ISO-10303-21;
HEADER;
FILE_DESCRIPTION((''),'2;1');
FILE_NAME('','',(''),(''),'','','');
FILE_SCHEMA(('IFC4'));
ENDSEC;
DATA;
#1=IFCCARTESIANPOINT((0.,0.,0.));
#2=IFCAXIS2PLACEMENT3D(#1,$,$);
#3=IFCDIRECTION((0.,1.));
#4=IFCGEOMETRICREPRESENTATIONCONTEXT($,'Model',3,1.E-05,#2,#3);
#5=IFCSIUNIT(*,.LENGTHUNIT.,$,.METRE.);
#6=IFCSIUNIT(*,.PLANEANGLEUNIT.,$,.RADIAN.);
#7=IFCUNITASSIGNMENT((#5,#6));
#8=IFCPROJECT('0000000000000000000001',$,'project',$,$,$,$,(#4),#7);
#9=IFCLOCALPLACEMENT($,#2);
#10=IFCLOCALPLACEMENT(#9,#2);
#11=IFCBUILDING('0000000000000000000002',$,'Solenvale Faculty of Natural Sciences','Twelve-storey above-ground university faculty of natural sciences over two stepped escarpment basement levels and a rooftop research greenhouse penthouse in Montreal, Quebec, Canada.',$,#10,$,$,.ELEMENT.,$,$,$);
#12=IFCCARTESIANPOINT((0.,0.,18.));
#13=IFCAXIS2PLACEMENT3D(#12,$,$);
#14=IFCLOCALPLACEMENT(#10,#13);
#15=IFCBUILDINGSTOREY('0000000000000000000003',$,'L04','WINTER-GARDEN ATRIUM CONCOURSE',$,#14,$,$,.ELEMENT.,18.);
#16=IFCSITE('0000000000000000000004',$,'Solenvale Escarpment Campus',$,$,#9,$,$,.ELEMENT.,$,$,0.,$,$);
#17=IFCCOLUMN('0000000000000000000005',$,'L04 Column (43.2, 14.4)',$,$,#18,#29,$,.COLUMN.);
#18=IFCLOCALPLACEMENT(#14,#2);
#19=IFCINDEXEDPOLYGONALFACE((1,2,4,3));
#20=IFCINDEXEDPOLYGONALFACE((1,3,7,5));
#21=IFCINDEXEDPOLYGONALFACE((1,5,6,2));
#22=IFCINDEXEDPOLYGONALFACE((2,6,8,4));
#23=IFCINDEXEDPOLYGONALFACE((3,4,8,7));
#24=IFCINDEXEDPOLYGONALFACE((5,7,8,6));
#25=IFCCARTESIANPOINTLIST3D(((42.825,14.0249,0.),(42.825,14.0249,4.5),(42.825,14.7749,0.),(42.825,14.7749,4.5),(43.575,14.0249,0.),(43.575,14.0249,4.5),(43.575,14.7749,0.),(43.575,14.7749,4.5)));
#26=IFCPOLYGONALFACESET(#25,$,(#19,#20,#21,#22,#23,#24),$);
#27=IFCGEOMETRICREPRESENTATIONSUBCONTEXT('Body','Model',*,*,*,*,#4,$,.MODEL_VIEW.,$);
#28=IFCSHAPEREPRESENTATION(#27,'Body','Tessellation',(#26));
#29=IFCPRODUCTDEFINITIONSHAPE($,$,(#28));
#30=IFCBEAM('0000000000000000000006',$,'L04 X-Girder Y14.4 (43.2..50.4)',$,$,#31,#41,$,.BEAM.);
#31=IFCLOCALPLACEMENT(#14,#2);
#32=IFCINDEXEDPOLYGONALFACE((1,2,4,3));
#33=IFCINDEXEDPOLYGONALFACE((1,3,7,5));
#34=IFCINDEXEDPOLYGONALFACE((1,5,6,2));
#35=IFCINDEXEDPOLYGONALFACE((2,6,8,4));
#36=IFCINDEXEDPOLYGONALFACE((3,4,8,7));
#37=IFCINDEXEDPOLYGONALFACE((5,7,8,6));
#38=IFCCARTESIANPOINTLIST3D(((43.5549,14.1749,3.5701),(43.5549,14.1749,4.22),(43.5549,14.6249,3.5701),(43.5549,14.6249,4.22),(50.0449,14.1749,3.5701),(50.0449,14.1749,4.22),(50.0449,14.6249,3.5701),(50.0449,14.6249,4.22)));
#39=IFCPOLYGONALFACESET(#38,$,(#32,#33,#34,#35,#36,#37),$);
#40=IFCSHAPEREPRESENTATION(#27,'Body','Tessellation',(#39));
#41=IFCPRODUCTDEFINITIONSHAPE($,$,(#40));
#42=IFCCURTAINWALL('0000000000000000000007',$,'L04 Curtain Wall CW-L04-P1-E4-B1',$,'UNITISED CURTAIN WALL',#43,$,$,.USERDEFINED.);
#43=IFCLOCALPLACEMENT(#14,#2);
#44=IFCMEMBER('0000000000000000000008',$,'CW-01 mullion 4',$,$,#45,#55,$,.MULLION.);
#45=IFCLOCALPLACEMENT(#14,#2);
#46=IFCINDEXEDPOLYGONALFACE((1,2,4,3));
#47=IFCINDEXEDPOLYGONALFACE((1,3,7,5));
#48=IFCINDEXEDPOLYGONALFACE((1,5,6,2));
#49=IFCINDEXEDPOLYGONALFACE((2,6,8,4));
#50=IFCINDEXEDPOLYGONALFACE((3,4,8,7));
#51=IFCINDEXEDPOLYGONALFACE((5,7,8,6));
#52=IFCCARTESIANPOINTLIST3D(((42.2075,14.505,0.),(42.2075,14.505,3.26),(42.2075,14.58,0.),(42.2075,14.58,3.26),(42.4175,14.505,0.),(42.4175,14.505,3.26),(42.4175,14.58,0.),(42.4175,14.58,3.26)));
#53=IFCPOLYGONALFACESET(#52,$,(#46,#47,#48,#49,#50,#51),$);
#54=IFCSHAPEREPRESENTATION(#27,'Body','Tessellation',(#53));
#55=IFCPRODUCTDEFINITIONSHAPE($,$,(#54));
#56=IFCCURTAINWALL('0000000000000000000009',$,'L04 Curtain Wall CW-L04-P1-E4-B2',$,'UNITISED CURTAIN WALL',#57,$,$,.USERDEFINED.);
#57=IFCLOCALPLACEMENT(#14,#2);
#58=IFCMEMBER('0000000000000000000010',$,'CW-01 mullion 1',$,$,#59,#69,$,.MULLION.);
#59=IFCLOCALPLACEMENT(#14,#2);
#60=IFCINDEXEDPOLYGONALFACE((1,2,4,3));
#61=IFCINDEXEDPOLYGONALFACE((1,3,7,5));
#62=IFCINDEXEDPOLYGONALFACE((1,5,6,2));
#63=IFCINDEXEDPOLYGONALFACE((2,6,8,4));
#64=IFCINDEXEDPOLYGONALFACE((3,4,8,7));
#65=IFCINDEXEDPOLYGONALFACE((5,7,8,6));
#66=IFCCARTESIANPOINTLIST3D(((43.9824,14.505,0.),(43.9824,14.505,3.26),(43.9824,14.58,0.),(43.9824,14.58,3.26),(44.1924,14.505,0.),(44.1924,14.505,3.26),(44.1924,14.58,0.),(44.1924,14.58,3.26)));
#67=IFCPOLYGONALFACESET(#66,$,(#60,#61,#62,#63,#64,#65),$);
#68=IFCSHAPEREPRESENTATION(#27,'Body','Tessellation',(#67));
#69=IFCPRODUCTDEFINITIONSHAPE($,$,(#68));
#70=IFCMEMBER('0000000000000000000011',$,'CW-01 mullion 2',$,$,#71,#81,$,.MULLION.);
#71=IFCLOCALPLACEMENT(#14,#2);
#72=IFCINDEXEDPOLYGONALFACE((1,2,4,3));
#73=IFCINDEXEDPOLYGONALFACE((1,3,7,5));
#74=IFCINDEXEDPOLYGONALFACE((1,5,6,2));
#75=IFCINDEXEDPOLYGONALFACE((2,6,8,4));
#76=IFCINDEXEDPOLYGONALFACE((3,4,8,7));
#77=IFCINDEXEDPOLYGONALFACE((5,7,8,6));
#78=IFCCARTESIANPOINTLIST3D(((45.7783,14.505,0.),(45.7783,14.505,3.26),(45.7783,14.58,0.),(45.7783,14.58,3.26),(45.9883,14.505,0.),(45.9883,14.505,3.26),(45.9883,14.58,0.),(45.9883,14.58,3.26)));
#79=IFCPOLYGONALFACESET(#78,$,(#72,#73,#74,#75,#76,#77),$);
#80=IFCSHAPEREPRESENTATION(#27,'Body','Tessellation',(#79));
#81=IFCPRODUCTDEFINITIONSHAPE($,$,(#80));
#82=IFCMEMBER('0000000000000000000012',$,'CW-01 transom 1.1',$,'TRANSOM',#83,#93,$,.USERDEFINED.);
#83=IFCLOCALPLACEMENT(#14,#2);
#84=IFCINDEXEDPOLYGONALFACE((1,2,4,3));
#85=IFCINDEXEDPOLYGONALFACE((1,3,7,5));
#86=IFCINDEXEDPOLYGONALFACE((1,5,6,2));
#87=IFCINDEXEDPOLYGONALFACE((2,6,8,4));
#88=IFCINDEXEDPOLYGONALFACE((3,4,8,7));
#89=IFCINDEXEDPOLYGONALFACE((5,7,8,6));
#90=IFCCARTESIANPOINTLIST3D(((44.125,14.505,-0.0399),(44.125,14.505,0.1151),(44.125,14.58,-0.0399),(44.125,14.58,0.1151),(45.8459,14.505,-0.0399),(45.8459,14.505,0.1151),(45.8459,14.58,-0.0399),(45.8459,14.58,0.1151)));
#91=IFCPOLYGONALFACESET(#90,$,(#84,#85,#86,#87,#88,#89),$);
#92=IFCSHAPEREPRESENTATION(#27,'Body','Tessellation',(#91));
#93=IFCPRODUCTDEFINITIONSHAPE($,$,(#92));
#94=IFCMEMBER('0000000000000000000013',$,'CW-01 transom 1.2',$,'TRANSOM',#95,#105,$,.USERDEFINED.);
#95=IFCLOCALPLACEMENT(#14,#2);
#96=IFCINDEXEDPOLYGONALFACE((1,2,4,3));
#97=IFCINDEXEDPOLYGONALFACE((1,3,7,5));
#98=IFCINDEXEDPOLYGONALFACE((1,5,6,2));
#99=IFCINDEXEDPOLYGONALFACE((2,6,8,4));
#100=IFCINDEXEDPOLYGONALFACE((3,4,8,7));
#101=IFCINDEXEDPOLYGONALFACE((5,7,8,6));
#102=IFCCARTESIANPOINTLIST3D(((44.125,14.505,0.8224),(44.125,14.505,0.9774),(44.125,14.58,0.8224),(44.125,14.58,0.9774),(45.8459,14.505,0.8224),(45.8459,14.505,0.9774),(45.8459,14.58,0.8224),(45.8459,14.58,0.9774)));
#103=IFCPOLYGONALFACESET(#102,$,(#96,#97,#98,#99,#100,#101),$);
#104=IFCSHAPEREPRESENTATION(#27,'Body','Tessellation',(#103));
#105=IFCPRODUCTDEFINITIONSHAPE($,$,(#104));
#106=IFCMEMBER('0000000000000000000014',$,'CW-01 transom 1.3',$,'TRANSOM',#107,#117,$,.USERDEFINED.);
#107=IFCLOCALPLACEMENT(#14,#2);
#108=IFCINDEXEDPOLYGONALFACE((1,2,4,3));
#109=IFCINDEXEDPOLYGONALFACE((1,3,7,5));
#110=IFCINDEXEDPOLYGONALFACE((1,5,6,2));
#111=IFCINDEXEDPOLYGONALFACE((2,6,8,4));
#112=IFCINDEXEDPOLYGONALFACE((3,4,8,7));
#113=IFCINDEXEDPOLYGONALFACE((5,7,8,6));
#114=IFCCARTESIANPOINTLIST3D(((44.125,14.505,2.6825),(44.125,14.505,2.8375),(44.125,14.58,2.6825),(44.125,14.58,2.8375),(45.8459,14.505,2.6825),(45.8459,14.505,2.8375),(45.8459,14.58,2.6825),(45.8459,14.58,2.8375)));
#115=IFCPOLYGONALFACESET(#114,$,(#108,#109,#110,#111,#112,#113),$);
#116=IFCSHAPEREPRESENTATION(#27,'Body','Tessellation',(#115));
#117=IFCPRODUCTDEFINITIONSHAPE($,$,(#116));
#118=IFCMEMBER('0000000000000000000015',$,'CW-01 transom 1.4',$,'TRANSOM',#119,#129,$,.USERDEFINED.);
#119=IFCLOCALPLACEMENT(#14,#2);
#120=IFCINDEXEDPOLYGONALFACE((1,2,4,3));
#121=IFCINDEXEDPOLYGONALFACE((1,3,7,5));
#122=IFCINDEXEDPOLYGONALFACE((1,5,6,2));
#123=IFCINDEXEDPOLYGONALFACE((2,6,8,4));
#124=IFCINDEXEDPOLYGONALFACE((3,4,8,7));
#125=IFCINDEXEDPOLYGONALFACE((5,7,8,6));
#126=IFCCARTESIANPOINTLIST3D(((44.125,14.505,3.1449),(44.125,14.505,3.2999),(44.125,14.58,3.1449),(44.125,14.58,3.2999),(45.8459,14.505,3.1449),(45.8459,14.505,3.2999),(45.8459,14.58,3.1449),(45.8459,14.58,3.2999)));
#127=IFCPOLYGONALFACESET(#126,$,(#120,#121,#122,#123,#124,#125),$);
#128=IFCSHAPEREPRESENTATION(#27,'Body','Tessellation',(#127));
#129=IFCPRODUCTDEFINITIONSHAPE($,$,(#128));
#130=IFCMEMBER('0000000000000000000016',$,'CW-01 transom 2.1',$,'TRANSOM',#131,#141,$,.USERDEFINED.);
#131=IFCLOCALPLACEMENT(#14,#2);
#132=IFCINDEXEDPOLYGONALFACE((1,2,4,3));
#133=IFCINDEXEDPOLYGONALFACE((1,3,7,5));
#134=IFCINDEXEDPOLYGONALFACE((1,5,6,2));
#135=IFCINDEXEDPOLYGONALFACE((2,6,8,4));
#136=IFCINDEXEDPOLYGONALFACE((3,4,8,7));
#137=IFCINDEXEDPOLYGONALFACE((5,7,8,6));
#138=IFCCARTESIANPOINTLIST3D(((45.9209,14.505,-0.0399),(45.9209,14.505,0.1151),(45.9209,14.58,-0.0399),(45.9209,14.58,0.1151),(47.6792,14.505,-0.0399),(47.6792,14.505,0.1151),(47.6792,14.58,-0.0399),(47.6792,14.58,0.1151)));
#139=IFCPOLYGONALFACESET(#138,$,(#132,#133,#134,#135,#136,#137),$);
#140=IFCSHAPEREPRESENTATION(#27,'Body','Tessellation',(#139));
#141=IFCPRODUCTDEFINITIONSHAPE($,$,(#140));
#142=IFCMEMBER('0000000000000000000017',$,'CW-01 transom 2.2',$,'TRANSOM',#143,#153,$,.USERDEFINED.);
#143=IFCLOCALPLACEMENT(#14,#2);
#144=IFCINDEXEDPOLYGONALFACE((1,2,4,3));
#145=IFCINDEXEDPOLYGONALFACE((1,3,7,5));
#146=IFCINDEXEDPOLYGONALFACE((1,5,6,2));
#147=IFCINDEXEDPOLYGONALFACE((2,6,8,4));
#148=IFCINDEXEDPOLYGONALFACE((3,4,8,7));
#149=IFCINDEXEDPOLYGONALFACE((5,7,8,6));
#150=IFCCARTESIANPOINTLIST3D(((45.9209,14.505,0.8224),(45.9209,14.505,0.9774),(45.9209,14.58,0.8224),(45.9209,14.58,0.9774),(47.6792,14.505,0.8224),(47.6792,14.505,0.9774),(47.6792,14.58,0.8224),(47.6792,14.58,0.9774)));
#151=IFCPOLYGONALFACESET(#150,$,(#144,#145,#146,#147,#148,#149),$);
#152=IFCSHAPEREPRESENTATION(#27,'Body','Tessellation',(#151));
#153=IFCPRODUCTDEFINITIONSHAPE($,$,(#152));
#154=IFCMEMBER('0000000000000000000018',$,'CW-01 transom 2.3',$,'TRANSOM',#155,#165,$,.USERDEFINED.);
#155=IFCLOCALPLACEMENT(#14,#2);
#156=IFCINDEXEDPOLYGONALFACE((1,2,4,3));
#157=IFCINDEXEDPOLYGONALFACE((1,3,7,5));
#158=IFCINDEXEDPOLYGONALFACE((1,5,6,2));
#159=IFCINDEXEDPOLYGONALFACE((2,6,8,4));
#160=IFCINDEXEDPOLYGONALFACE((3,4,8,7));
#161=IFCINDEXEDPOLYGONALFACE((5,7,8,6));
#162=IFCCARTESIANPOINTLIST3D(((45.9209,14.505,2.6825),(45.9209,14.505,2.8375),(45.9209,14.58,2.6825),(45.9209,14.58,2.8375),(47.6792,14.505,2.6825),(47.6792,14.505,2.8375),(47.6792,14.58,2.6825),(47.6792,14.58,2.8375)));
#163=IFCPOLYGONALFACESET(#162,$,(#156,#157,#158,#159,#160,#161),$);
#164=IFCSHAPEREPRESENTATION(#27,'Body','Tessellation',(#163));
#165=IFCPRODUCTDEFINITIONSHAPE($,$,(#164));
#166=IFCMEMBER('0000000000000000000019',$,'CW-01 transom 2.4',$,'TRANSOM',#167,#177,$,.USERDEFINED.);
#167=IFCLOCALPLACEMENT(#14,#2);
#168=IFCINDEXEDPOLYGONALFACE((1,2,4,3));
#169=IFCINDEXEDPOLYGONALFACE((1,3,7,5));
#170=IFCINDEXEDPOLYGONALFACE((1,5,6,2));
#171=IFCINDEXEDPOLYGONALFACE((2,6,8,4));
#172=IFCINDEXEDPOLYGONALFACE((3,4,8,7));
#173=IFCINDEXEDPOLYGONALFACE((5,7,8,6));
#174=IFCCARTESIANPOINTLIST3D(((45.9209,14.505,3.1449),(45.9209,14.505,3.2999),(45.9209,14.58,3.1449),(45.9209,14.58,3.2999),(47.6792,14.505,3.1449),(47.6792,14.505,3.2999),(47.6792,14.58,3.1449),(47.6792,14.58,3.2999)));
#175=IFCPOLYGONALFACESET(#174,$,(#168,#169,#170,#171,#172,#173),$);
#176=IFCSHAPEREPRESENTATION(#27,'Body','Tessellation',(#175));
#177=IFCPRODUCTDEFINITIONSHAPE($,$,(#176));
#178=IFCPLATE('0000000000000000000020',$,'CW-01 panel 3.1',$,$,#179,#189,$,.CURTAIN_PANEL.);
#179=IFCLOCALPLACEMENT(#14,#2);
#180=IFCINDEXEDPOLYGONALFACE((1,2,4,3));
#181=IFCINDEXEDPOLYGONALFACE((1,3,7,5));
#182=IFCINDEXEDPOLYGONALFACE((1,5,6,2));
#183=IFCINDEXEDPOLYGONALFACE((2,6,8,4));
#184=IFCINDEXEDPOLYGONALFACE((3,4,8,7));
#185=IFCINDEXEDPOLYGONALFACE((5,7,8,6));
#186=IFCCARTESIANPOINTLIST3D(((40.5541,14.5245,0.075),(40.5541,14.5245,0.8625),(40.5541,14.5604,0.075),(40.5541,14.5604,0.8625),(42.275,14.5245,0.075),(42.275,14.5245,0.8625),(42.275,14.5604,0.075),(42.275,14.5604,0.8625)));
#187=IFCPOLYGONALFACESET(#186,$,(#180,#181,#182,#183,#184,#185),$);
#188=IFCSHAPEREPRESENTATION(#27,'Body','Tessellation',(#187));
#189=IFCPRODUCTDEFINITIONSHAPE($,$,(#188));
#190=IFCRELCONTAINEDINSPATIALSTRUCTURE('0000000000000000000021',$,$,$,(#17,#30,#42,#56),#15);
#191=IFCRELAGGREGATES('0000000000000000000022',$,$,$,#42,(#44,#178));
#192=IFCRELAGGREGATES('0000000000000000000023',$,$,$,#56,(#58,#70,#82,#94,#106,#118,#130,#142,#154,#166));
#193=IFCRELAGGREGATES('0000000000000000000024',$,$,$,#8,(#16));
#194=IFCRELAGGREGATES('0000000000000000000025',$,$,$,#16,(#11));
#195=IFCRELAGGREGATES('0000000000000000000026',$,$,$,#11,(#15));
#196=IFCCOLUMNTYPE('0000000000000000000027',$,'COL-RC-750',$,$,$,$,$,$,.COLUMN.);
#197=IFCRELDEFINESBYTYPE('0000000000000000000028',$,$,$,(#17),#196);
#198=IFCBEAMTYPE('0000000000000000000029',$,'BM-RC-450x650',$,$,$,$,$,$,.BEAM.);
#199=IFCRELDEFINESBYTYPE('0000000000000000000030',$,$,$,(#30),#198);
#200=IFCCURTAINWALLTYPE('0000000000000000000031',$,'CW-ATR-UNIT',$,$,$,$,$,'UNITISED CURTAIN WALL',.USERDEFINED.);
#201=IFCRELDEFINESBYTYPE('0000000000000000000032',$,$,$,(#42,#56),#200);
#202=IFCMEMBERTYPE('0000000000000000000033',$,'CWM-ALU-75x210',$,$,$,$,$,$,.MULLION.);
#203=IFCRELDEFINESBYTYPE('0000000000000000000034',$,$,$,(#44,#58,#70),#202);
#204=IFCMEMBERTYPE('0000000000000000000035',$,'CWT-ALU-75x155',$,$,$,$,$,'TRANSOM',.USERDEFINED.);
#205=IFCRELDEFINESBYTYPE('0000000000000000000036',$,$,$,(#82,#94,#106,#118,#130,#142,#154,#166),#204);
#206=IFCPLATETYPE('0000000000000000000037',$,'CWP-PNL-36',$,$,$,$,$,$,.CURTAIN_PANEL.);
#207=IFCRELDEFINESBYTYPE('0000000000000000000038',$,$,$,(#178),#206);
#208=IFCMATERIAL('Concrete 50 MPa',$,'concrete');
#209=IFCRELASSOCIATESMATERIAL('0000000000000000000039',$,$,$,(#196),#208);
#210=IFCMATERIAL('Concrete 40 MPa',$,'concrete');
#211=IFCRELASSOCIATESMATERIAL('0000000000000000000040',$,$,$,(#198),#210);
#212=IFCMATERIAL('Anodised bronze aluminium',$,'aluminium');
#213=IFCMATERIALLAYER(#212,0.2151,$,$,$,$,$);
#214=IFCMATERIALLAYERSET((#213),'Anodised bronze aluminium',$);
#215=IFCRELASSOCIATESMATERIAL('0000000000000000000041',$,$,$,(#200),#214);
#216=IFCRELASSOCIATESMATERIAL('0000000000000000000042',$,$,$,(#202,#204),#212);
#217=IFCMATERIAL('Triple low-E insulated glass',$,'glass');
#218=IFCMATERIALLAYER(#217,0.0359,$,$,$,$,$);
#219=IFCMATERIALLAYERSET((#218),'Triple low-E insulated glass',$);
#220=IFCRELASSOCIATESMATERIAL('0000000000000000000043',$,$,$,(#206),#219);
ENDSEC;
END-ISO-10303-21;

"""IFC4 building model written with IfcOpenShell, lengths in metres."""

from ifc_helpers import new_model, si_unit, direction, frame, origin, origin_2d, place, context, subcontext, project, spatial, rectangle, extrude, material, layer, layer_set, material_profile, profile_set, type_object, element, aggregate, save


model = new_model("IFC4")

# Units and contexts
model_context = context("Model", 3, precision=1e-05, world=origin(), true_north=direction((0.0, 1.0)))
body_context = subcontext(model_context, "Body", "Model", "MODEL_VIEW")
ifc_project = project(units=[si_unit("LENGTHUNIT", "METRE"), si_unit("PLANEANGLEUNIT", "RADIAN")], contexts=[model_context])

# Site, building, storey
site_placement = place(None, origin())
site = spatial("IfcSite", under=ifc_project, at=site_placement, Name="Solenvale Escarpment Campus", CompositionType="ELEMENT", RefElevation=0.0)
building_placement = place(site_placement, origin())
building = spatial("IfcBuilding", under=site, at=building_placement, Name="Solenvale Faculty of Natural Sciences", Description="Twelve-storey above-ground university faculty of natural sciences over two stepped escarpment basement levels and a rooftop research greenhouse penthouse in Montreal, Quebec, Canada.", CompositionType="ELEMENT")
storey_placement = place(building_placement, frame((0.0, 0.0, 18.0)))
storey = spatial("IfcBuildingStorey", under=building, at=storey_placement, Name="L04", Description="WINTER-GARDEN ATRIUM CONCOURSE", CompositionType="ELEMENT", Elevation=18.0)

# Column
ifc_material_1 = material(Name="Concrete 50 MPa", Category="concrete")
ifc_material_profile_1 = material_profile(ifc_material_1, rectangle(XDim=0.75, YDim=0.75, at=origin_2d()), Name="RC-COL-750x750")
ifc_profile_set_1 = profile_set([ifc_material_profile_1], Name="Concrete 50 MPa")
column_type = type_object("IfcColumnType", Name="COL-RC-750", PredefinedType="COLUMN", material=ifc_profile_set_1)
column_placement = place(storey_placement, frame((43.2, 14.3999, 0.0), z_axis=(0.0, 0.0, 1.0), x_axis=(1.0, 0.0, 0.0)))
element("IfcColumn", 1, at=column_placement, inside=storey, type_object=column_type, Name="L04 Column (43.2, 14.4)", PredefinedType="COLUMN", context=body_context, shape_type="SweptSolid", body=[
    extrude(rectangle(XDim=0.75, YDim=0.75, at=origin_2d()), origin(), (0.0, 0.0, 1.0), 4.5),
])

# Beam
ifc_material_2 = material(Name="Concrete 40 MPa", Category="concrete")
ifc_material_profile_2 = material_profile(ifc_material_2, rectangle(XDim=0.45, YDim=0.6499, at=origin_2d()), Name="RC-BM-450x650")
ifc_profile_set_2 = profile_set([ifc_material_profile_2], Name="Concrete 40 MPa")
beam_type = type_object("IfcBeamType", Name="BM-RC-450x650", PredefinedType="BEAM", material=ifc_profile_set_2)
beam_placement = place(storey_placement, frame((43.5549, 14.3999, 3.895), z_axis=(1.0, 0.0, 0.0), x_axis=(0.0, 1.0, 0.0)))
element("IfcBeam", 2, at=beam_placement, inside=storey, type_object=beam_type, Name="L04 X-Girder Y14.4 (43.2..50.4)", PredefinedType="BEAM", context=body_context, shape_type="SweptSolid", body=[
    extrude(rectangle(XDim=0.45, YDim=0.6499, at=origin_2d()), origin(), (0.0, 0.0, 1.0), 6.49),
])

# Curtain wall, member
ifc_material_3 = material(Name="Anodised bronze aluminium", Category="aluminium")
ifc_layer_1 = layer(ifc_material_3, 0.2151)
ifc_layer_set_1 = layer_set([ifc_layer_1], Name="Anodised bronze aluminium")
curtain_wall_type = type_object("IfcCurtainWallType", Name="CW-ATR-UNIT", ElementType="UNITISED CURTAIN WALL", PredefinedType="USERDEFINED", material=ifc_layer_set_1)
curtain_wall_1_placement = place(storey_placement, origin())
curtain_wall_1 = element("IfcCurtainWall", 3, at=curtain_wall_1_placement, inside=storey, type_object=curtain_wall_type, Name="L04 Curtain Wall CW-L04-P1-E4-B1", ObjectType="UNITISED CURTAIN WALL", PredefinedType="USERDEFINED")
ifc_material_profile_3 = material_profile(ifc_material_3, rectangle(XDim=0.075, YDim=0.21, at=origin_2d()), Name="ALU-MUL-75x210")
ifc_profile_set_3 = profile_set([ifc_material_profile_3], Name="Anodised bronze aluminium")
member_type_1 = type_object("IfcMemberType", Name="CWM-ALU-75x210", PredefinedType="MULLION", material=ifc_profile_set_3)
member_1_placement = place(storey_placement, frame((42.3125, 14.5425, 0.0), z_axis=(0.0, 0.0, 1.0), x_axis=(0.0, 1.0, 0.0)))
member_1 = element("IfcMember", 4, at=member_1_placement, type_object=member_type_1, Name="CW-01 mullion 4", PredefinedType="MULLION", context=body_context, shape_type="SweptSolid", body=[
    extrude(rectangle(XDim=0.075, YDim=0.21, at=origin_2d()), origin(), (0.0, 0.0, 1.0), 3.26),
])

# Curtain wall, members
curtain_wall_2_placement = place(storey_placement, origin())
curtain_wall_2 = element("IfcCurtainWall", 5, at=curtain_wall_2_placement, inside=storey, type_object=curtain_wall_type, Name="L04 Curtain Wall CW-L04-P1-E4-B2", ObjectType="UNITISED CURTAIN WALL", PredefinedType="USERDEFINED")
member_2_placement = place(storey_placement, frame((44.0874, 14.5425, 0.0), z_axis=(0.0, 0.0, 1.0), x_axis=(0.0, 1.0, 0.0)))
member_2 = element("IfcMember", 6, at=member_2_placement, type_object=member_type_1, Name="CW-01 mullion 1", PredefinedType="MULLION", context=body_context, shape_type="SweptSolid", body=[
    extrude(rectangle(XDim=0.075, YDim=0.21, at=origin_2d()), origin(), (0.0, 0.0, 1.0), 3.26),
])
member_3_placement = place(storey_placement, frame((45.8833, 14.5425, 0.0), z_axis=(0.0, 0.0, 1.0), x_axis=(0.0, 1.0, 0.0)))
member_3 = element("IfcMember", 7, at=member_3_placement, type_object=member_type_1, Name="CW-01 mullion 2", PredefinedType="MULLION", context=body_context, shape_type="SweptSolid", body=[
    extrude(rectangle(XDim=0.075, YDim=0.21, at=origin_2d()), origin(), (0.0, 0.0, 1.0), 3.26),
])
ifc_material_profile_4 = material_profile(ifc_material_3, rectangle(XDim=0.075, YDim=0.155, at=origin_2d()), Name="ALU-TRN-75x155")
ifc_profile_set_4 = profile_set([ifc_material_profile_4], Name="Anodised bronze aluminium")
member_type_2 = type_object("IfcMemberType", Name="CWT-ALU-75x155", ElementType="TRANSOM", PredefinedType="USERDEFINED", material=ifc_profile_set_4)
member_4_placement = place(storey_placement, frame((44.125, 14.5425, 0.0376), z_axis=(1.0, 0.0, 0.0), x_axis=(0.0, 1.0, 0.0)))
member_4 = element("IfcMember", 8, at=member_4_placement, type_object=member_type_2, Name="CW-01 transom 1.1", ObjectType="TRANSOM", PredefinedType="USERDEFINED", context=body_context, shape_type="SweptSolid", body=[
    extrude(rectangle(XDim=0.075, YDim=0.155, at=origin_2d()), origin(), (0.0, 0.0, 1.0), 1.7209),
])
member_5_placement = place(storey_placement, frame((44.125, 14.5425, 0.8999), z_axis=(1.0, 0.0, 0.0), x_axis=(0.0, 1.0, 0.0)))
member_5 = element("IfcMember", 9, at=member_5_placement, type_object=member_type_2, Name="CW-01 transom 1.2", ObjectType="TRANSOM", PredefinedType="USERDEFINED", context=body_context, shape_type="SweptSolid", body=[
    extrude(rectangle(XDim=0.075, YDim=0.155, at=origin_2d()), origin(), (0.0, 0.0, 1.0), 1.7209),
])
member_6_placement = place(storey_placement, frame((44.125, 14.5425, 2.76), z_axis=(1.0, 0.0, 0.0), x_axis=(0.0, 1.0, 0.0)))
member_6 = element("IfcMember", 10, at=member_6_placement, type_object=member_type_2, Name="CW-01 transom 1.3", ObjectType="TRANSOM", PredefinedType="USERDEFINED", context=body_context, shape_type="SweptSolid", body=[
    extrude(rectangle(XDim=0.075, YDim=0.155, at=origin_2d()), origin(), (0.0, 0.0, 1.0), 1.7209),
])
member_7_placement = place(storey_placement, frame((44.125, 14.5425, 3.2224), z_axis=(1.0, 0.0, 0.0), x_axis=(0.0, 1.0, 0.0)))
member_7 = element("IfcMember", 11, at=member_7_placement, type_object=member_type_2, Name="CW-01 transom 1.4", ObjectType="TRANSOM", PredefinedType="USERDEFINED", context=body_context, shape_type="SweptSolid", body=[
    extrude(rectangle(XDim=0.075, YDim=0.155, at=origin_2d()), origin(), (0.0, 0.0, 1.0), 1.7209),
])
member_8_placement = place(storey_placement, frame((45.9209, 14.5425, 0.0376), z_axis=(1.0, 0.0, 0.0), x_axis=(0.0, 1.0, 0.0)))
member_8 = element("IfcMember", 12, at=member_8_placement, type_object=member_type_2, Name="CW-01 transom 2.1", ObjectType="TRANSOM", PredefinedType="USERDEFINED", context=body_context, shape_type="SweptSolid", body=[
    extrude(rectangle(XDim=0.075, YDim=0.155, at=origin_2d()), origin(), (0.0, 0.0, 1.0), 1.7583),
])
member_9_placement = place(storey_placement, frame((45.9209, 14.5425, 0.8999), z_axis=(1.0, 0.0, 0.0), x_axis=(0.0, 1.0, 0.0)))
member_9 = element("IfcMember", 13, at=member_9_placement, type_object=member_type_2, Name="CW-01 transom 2.2", ObjectType="TRANSOM", PredefinedType="USERDEFINED", context=body_context, shape_type="SweptSolid", body=[
    extrude(rectangle(XDim=0.075, YDim=0.155, at=origin_2d()), origin(), (0.0, 0.0, 1.0), 1.7583),
])
member_10_placement = place(storey_placement, frame((45.9209, 14.5425, 2.76), z_axis=(1.0, 0.0, 0.0), x_axis=(0.0, 1.0, 0.0)))
member_10 = element("IfcMember", 14, at=member_10_placement, type_object=member_type_2, Name="CW-01 transom 2.3", ObjectType="TRANSOM", PredefinedType="USERDEFINED", context=body_context, shape_type="SweptSolid", body=[
    extrude(rectangle(XDim=0.075, YDim=0.155, at=origin_2d()), origin(), (0.0, 0.0, 1.0), 1.7583),
])
member_11_placement = place(storey_placement, frame((45.9209, 14.5425, 3.2224), z_axis=(1.0, 0.0, 0.0), x_axis=(0.0, 1.0, 0.0)))
member_11 = element("IfcMember", 15, at=member_11_placement, type_object=member_type_2, Name="CW-01 transom 2.4", ObjectType="TRANSOM", PredefinedType="USERDEFINED", context=body_context, shape_type="SweptSolid", body=[
    extrude(rectangle(XDim=0.075, YDim=0.155, at=origin_2d()), origin(), (0.0, 0.0, 1.0), 1.7583),
])

# Plate
ifc_material_4 = material(Name="Triple low-E insulated glass", Category="glass")
ifc_layer_2 = layer(ifc_material_4, 0.0359)
ifc_layer_set_2 = layer_set([ifc_layer_2], Name="Triple low-E insulated glass")
plate_type_1 = type_object("IfcPlateType", Name="CWP-PNL-36", PredefinedType="CURTAIN_PANEL", material=ifc_layer_set_2)
plate_1_placement = place(storey_placement, frame((41.4146, 14.5425, 0.075), z_axis=(0.0, 0.0, 1.0), x_axis=(1.0, 0.0, 0.0)))
plate_1 = element("IfcPlate", 16, at=plate_1_placement, type_object=plate_type_1, Name="CW-01 panel 3.1", PredefinedType="CURTAIN_PANEL", context=body_context, shape_type="SweptSolid", body=[
    extrude(rectangle(XDim=1.7209, YDim=0.0359, at=origin_2d()), origin(), (0.0, 0.0, 1.0), 0.7876),
])
aggregate(curtain_wall_1, [member_1, plate_1])
aggregate(curtain_wall_2, [member_2, member_3, member_4, member_5, member_6, member_7, member_8, member_9, member_10, member_11])

save(model, "model.ifc")
